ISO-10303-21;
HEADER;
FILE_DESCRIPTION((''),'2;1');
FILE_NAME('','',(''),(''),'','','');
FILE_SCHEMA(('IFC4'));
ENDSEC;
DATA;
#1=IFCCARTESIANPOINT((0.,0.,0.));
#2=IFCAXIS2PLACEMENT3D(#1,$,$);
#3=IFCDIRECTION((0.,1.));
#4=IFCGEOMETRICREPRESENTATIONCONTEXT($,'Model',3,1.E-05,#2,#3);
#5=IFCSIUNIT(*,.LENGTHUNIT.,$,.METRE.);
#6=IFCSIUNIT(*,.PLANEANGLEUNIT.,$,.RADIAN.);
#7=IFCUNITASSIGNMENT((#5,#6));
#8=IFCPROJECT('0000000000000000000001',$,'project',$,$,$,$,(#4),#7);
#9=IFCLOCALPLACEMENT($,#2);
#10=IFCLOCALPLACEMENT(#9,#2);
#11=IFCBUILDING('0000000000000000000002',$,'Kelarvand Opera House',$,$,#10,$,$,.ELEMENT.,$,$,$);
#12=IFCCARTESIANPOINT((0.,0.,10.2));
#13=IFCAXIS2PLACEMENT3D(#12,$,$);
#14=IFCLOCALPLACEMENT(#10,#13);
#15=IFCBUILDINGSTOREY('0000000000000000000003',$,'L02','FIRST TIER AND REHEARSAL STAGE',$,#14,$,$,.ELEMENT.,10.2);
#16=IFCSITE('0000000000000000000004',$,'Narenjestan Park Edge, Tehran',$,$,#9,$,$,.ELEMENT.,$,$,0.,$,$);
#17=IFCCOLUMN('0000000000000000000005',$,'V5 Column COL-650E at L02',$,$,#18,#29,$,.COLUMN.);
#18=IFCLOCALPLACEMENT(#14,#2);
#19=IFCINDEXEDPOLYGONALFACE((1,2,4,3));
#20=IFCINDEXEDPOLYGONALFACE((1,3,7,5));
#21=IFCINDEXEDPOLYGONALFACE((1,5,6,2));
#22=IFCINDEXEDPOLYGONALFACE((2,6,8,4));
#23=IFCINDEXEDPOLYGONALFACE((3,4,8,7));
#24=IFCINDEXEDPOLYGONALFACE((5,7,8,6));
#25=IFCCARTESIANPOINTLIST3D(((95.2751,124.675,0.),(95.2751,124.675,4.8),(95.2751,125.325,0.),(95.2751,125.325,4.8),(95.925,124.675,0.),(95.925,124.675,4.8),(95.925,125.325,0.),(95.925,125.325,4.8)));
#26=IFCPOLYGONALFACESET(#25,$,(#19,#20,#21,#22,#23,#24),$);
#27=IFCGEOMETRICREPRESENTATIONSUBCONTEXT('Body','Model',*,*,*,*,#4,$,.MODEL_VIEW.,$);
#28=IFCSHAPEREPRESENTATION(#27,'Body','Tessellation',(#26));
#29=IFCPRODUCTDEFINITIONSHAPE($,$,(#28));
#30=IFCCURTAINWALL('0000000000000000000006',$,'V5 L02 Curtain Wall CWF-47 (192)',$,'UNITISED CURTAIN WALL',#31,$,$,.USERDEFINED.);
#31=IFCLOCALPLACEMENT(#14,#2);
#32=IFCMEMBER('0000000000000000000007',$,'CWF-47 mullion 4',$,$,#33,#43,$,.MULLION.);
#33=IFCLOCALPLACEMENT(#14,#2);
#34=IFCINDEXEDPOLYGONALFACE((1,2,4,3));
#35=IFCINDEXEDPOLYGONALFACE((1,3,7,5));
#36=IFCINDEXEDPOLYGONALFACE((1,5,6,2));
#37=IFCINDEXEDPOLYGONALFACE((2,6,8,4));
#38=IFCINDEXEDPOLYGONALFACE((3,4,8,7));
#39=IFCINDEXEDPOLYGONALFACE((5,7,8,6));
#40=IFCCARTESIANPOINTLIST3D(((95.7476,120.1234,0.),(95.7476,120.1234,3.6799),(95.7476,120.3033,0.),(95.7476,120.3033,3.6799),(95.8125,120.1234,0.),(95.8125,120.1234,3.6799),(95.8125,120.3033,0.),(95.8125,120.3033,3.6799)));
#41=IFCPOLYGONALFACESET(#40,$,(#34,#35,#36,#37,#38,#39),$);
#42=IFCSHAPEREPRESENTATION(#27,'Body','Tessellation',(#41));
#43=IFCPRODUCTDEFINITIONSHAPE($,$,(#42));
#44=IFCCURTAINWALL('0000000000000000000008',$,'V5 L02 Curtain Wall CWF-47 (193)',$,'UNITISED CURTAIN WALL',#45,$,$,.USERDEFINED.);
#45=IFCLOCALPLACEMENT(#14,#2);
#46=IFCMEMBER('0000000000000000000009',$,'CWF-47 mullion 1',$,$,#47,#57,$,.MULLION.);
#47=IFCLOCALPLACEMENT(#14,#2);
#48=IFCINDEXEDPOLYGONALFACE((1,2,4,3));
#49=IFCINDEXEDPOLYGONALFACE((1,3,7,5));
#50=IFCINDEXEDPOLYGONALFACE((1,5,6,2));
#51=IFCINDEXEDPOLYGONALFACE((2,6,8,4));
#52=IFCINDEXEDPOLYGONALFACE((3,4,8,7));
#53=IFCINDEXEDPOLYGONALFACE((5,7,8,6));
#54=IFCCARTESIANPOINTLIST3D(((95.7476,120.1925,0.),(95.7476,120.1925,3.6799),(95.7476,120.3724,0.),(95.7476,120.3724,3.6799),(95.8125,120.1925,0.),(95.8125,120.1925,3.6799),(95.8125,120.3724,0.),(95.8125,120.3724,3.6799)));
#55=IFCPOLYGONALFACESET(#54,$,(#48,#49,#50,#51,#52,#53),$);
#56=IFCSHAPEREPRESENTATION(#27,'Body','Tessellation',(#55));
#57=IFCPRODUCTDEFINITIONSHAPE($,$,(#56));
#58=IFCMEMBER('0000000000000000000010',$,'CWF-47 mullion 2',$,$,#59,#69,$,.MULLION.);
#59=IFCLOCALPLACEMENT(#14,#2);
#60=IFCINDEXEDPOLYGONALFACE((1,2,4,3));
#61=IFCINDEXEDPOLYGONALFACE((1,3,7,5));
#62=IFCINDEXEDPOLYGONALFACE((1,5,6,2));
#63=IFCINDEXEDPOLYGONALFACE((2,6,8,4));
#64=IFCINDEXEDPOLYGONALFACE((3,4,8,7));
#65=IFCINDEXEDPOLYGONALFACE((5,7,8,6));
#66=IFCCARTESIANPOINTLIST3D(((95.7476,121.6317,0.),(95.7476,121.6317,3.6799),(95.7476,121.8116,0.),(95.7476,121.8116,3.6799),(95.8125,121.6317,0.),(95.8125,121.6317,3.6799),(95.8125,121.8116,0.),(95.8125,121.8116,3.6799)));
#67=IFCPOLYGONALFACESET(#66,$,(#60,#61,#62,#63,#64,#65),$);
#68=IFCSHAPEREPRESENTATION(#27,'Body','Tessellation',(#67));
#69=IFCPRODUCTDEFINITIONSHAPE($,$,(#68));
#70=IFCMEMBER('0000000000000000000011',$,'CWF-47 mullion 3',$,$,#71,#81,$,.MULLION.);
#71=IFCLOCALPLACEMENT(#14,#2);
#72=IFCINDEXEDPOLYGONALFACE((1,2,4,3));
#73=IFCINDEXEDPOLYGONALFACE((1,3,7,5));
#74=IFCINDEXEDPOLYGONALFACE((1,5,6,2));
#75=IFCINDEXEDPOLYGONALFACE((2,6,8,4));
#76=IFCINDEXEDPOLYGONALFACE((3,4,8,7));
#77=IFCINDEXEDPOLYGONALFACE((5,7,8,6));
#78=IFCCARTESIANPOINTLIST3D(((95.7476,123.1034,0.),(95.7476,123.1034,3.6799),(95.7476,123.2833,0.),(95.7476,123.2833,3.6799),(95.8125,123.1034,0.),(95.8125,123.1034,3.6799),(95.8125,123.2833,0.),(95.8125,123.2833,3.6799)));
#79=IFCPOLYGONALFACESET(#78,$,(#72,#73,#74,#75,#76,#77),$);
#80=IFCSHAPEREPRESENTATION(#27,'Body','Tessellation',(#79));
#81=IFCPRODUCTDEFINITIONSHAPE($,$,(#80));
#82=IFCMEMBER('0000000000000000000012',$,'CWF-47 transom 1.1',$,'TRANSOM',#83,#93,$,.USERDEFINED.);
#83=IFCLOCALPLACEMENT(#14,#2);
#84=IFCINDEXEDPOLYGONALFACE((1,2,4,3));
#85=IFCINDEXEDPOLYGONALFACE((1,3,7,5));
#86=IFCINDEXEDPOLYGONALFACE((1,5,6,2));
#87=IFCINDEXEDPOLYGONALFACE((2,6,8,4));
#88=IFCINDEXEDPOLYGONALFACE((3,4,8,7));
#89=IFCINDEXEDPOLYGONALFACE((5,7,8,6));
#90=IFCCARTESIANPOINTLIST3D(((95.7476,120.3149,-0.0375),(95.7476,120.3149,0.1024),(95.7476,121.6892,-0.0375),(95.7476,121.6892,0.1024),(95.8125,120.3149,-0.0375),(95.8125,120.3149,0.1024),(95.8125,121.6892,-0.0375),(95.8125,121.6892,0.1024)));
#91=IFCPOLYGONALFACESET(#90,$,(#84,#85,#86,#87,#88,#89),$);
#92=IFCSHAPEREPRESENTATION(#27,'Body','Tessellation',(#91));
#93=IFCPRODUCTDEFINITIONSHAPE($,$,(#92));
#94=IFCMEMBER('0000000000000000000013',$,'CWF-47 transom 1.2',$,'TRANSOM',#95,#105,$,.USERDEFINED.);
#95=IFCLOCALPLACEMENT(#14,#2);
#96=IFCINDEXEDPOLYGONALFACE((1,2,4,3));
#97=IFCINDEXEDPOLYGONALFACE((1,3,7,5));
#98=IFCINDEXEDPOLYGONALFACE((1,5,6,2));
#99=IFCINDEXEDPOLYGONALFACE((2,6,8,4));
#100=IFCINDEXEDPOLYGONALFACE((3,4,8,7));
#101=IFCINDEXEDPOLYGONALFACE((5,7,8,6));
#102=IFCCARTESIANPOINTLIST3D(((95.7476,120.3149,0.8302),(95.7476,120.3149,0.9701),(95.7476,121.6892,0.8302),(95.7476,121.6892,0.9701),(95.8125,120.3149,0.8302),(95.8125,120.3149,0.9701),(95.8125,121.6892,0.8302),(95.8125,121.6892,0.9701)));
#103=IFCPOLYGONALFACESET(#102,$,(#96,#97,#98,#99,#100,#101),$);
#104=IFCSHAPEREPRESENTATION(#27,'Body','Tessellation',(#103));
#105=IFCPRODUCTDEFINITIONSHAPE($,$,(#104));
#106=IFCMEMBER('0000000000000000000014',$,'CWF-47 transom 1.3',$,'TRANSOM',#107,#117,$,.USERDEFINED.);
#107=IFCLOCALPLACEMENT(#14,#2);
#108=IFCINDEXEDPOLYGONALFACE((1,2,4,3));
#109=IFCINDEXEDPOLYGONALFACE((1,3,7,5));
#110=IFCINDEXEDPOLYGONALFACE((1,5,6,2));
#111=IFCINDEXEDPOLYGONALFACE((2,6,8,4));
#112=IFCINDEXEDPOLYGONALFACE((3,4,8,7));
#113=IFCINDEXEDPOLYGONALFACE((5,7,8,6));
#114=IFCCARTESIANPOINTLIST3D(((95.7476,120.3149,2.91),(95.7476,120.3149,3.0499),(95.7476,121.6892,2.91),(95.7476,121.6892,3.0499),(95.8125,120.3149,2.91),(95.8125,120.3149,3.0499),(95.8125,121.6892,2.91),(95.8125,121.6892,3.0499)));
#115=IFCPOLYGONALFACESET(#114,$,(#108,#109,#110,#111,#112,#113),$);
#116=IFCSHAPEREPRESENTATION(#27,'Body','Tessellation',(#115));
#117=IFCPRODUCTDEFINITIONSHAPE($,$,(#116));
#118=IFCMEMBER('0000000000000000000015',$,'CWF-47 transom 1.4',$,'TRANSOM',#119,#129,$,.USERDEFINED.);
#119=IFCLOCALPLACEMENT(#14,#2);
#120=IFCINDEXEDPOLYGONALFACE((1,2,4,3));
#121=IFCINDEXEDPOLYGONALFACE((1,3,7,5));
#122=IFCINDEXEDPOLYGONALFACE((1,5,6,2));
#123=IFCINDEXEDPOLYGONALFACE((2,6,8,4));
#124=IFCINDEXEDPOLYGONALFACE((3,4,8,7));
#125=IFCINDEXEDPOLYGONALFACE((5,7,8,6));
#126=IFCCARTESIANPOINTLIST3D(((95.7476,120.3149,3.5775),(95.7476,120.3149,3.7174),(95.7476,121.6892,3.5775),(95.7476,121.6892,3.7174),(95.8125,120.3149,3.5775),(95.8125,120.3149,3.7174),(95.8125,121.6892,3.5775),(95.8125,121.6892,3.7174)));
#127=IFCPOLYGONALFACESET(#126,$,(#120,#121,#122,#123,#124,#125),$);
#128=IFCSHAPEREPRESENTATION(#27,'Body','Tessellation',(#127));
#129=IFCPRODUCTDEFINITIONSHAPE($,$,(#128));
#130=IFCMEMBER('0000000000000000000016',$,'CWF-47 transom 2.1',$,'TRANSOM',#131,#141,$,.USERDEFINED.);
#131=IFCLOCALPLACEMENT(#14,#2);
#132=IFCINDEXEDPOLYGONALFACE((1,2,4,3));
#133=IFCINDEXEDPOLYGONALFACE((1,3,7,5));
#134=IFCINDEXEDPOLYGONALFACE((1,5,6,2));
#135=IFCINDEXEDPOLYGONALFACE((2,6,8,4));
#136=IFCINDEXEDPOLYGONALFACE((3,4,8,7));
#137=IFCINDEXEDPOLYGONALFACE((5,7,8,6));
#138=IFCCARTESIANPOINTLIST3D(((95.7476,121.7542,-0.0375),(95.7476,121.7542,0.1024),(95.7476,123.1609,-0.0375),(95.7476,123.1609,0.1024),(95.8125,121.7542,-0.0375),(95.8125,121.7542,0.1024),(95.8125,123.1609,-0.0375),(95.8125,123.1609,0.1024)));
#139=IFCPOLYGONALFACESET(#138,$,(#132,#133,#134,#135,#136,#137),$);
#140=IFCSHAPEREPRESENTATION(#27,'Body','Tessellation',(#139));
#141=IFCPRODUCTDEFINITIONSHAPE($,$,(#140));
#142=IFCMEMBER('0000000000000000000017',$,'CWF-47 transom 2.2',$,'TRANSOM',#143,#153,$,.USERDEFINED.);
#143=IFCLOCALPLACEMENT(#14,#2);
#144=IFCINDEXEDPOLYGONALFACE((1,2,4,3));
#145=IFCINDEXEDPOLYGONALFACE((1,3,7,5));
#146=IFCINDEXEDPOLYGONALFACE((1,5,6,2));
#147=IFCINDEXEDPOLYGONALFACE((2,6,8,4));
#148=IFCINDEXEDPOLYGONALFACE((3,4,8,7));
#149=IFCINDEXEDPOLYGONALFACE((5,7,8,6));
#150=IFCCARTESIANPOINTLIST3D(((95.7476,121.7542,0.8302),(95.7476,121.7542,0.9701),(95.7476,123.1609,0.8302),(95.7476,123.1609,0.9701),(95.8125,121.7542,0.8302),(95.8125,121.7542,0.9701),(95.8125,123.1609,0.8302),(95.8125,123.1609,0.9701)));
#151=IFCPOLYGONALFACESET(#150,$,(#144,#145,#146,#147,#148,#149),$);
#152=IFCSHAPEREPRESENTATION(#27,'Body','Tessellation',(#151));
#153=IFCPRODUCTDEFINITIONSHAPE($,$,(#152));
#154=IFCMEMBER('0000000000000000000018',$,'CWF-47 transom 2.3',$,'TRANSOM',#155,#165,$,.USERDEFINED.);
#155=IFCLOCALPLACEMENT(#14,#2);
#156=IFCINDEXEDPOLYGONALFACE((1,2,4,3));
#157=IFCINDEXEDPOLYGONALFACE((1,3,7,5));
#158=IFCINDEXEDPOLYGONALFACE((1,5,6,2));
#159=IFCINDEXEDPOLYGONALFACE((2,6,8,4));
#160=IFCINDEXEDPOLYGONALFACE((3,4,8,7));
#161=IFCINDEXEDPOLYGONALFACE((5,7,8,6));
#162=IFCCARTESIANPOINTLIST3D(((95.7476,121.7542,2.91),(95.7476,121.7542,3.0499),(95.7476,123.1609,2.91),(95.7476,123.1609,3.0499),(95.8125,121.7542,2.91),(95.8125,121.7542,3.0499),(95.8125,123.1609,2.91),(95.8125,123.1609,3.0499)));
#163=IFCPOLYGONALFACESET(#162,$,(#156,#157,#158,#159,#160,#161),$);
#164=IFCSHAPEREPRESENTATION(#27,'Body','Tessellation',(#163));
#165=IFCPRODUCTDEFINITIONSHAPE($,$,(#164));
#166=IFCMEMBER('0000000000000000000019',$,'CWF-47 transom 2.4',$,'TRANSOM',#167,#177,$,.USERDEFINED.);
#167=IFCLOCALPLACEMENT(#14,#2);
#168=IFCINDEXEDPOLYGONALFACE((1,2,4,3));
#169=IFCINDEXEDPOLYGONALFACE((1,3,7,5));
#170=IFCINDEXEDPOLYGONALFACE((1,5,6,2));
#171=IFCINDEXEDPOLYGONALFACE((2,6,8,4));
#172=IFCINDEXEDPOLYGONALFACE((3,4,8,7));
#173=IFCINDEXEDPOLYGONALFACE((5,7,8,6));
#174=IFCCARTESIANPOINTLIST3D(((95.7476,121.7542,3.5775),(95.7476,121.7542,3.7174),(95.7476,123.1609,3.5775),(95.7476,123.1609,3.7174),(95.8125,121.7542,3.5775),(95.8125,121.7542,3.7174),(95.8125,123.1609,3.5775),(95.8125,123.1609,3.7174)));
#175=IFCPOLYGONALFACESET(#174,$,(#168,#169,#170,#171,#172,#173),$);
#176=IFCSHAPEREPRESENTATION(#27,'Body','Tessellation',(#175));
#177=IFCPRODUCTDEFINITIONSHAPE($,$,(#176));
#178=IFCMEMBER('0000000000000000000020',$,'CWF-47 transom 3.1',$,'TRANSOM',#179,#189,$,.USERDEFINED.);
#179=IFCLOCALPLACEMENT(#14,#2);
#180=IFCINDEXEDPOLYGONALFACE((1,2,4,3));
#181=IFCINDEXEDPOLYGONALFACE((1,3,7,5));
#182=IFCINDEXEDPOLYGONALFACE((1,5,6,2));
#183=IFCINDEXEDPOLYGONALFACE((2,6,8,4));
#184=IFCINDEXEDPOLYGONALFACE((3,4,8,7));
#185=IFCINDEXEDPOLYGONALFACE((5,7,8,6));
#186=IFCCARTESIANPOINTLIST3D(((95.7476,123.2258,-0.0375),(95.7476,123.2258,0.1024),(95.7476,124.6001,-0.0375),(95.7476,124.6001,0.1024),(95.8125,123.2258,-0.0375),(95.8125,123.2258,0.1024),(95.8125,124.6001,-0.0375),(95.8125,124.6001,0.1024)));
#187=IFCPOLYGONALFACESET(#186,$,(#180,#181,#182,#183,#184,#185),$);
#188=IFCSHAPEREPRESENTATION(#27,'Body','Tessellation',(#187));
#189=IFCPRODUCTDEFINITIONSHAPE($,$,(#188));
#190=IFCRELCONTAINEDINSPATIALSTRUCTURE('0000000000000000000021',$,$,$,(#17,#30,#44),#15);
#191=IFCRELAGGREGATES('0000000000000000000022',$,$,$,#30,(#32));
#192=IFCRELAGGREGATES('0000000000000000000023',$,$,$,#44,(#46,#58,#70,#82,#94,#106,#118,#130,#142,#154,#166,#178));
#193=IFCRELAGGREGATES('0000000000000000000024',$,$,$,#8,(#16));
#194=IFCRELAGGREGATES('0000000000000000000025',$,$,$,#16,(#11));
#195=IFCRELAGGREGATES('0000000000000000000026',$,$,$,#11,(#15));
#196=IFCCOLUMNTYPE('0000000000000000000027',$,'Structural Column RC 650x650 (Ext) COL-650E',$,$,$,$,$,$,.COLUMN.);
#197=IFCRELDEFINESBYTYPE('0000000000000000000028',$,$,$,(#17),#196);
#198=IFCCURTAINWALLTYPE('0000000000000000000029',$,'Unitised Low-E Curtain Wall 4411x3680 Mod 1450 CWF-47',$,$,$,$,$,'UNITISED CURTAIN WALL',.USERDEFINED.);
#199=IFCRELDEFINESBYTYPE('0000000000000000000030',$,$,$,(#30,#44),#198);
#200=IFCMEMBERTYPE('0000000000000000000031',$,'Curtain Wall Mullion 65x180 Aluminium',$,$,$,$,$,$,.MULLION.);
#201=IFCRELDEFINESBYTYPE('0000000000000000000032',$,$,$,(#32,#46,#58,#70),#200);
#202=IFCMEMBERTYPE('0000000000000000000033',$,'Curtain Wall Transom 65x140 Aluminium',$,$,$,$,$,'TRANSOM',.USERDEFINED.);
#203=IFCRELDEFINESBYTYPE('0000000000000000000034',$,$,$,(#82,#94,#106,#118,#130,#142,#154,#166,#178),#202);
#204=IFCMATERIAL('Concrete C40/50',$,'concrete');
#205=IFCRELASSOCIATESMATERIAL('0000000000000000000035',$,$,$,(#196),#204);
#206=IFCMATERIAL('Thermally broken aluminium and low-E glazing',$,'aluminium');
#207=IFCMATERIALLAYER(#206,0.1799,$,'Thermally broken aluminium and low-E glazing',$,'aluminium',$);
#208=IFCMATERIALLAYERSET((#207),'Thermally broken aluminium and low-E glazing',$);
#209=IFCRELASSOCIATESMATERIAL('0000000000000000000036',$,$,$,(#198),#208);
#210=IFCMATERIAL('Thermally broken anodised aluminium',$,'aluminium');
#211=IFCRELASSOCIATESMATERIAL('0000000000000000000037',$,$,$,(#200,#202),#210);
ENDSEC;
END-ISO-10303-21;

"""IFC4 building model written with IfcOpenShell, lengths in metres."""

from ifc_helpers import new_model, si_unit, direction, frame, origin, origin_2d, place, context, subcontext, project, spatial, rectangle, extrude, material, layer, layer_set, material_profile, profile_set, type_object, element, aggregate, save


model = new_model("IFC4")

# Units and contexts
model_context = context("Model", 3, precision=1e-05, world=origin(), true_north=direction((0.0, 1.0)))
body_context = subcontext(model_context, "Body", "Model", "MODEL_VIEW")
ifc_project = project(units=[si_unit("LENGTHUNIT", "METRE"), si_unit("PLANEANGLEUNIT", "RADIAN")], contexts=[model_context])

# Site, building, storey
site_placement = place(None, origin())
site = spatial("IfcSite", under=ifc_project, at=site_placement, Name="Narenjestan Park Edge, Tehran", CompositionType="ELEMENT", RefElevation=0.0)
building_placement = place(site_placement, origin())
building = spatial("IfcBuilding", under=site, at=building_placement, Name="Kelarvand Opera House", CompositionType="ELEMENT")
storey_placement = place(building_placement, frame((0.0, 0.0, 10.2)))
storey = spatial("IfcBuildingStorey", under=building, at=storey_placement, Name="L02", Description="FIRST TIER AND REHEARSAL STAGE", CompositionType="ELEMENT", Elevation=10.2)

# Column
ifc_material_1 = material(Name="Concrete C40/50", Category="concrete")
ifc_material_profile_1 = material_profile(ifc_material_1, rectangle(XDim=0.6499, YDim=0.6499, at=origin_2d()), Name="RC 650x650", Category="concrete")
ifc_profile_set_1 = profile_set([ifc_material_profile_1], Name="Concrete C40/50")
column_type = type_object("IfcColumnType", Name="Structural Column RC 650x650 (Ext) COL-650E", PredefinedType="COLUMN", material=ifc_profile_set_1)
column_placement = place(storey_placement, frame((95.6001, 125.0, 0.0), z_axis=(0.0, 0.0, 1.0), x_axis=(1.0, 0.0, 0.0)))
element("IfcColumn", 1, at=column_placement, inside=storey, type_object=column_type, Name="V5 Column COL-650E at L02", PredefinedType="COLUMN", context=body_context, shape_type="SweptSolid", body=[
    extrude(rectangle(XDim=0.6499, YDim=0.6499, at=origin_2d()), origin(), (0.0, 0.0, 1.0), 4.8),
])

# Curtain wall, member
ifc_material_2 = material(Name="Thermally broken aluminium and low-E glazing", Category="aluminium")
ifc_layer_1 = layer(ifc_material_2, 0.1799, Name="Thermally broken aluminium and low-E glazing", Category="aluminium")
ifc_layer_set_1 = layer_set([ifc_layer_1], Name="Thermally broken aluminium and low-E glazing")
curtain_wall_type = type_object("IfcCurtainWallType", Name="Unitised Low-E Curtain Wall 4411x3680 Mod 1450 CWF-47", ElementType="UNITISED CURTAIN WALL", PredefinedType="USERDEFINED", material=ifc_layer_set_1)
curtain_wall_1_placement = place(storey_placement, origin())
curtain_wall_1 = element("IfcCurtainWall", 2, at=curtain_wall_1_placement, inside=storey, type_object=curtain_wall_type, Name="V5 L02 Curtain Wall CWF-47 (192)", ObjectType="UNITISED CURTAIN WALL", PredefinedType="USERDEFINED")
ifc_material_3 = material(Name="Thermally broken anodised aluminium", Category="aluminium")
ifc_material_profile_2 = material_profile(ifc_material_3, rectangle(XDim=0.0649, YDim=0.1799, at=origin_2d()), Name="ALU MULLION 65x180", Category="aluminium")
ifc_profile_set_2 = profile_set([ifc_material_profile_2], Name="Thermally broken anodised aluminium")
member_type_1 = type_object("IfcMemberType", Name="Curtain Wall Mullion 65x180 Aluminium", PredefinedType="MULLION", material=ifc_profile_set_2)
member_1_placement = place(storey_placement, frame((95.78, 120.2134, 0.0), z_axis=(0.0, 0.0, 1.0), x_axis=(-1.0, 0.0, 0.0)))
member_1 = element("IfcMember", 3, at=member_1_placement, type_object=member_type_1, Name="CWF-47 mullion 4", PredefinedType="MULLION", context=body_context, shape_type="SweptSolid", body=[
    extrude(rectangle(XDim=0.0649, YDim=0.1799, at=origin_2d()), origin(), (0.0, 0.0, 1.0), 3.6799),
])

# Curtain wall, members
curtain_wall_2_placement = place(storey_placement, origin())
curtain_wall_2 = element("IfcCurtainWall", 4, at=curtain_wall_2_placement, inside=storey, type_object=curtain_wall_type, Name="V5 L02 Curtain Wall CWF-47 (193)", ObjectType="UNITISED CURTAIN WALL", PredefinedType="USERDEFINED")
member_2_placement = place(storey_placement, frame((95.78, 120.2825, 0.0), z_axis=(0.0, 0.0, 1.0), x_axis=(-1.0, 0.0, 0.0)))
member_2 = element("IfcMember", 5, at=member_2_placement, type_object=member_type_1, Name="CWF-47 mullion 1", PredefinedType="MULLION", context=body_context, shape_type="SweptSolid", body=[
    extrude(rectangle(XDim=0.0649, YDim=0.1799, at=origin_2d()), origin(), (0.0, 0.0, 1.0), 3.6799),
])
member_3_placement = place(storey_placement, frame((95.78, 121.7217, 0.0), z_axis=(0.0, 0.0, 1.0), x_axis=(-1.0, 0.0, 0.0)))
member_3 = element("IfcMember", 6, at=member_3_placement, type_object=member_type_1, Name="CWF-47 mullion 2", PredefinedType="MULLION", context=body_context, shape_type="SweptSolid", body=[
    extrude(rectangle(XDim=0.0649, YDim=0.1799, at=origin_2d()), origin(), (0.0, 0.0, 1.0), 3.6799),
])
member_4_placement = place(storey_placement, frame((95.78, 123.1934, 0.0), z_axis=(0.0, 0.0, 1.0), x_axis=(-1.0, 0.0, 0.0)))
member_4 = element("IfcMember", 7, at=member_4_placement, type_object=member_type_1, Name="CWF-47 mullion 3", PredefinedType="MULLION", context=body_context, shape_type="SweptSolid", body=[
    extrude(rectangle(XDim=0.0649, YDim=0.1799, at=origin_2d()), origin(), (0.0, 0.0, 1.0), 3.6799),
])
ifc_material_profile_3 = material_profile(ifc_material_3, rectangle(XDim=0.0649, YDim=0.1399, at=origin_2d()), Name="ALU TRANSOM 65x140", Category="aluminium")
ifc_profile_set_3 = profile_set([ifc_material_profile_3], Name="Thermally broken anodised aluminium")
member_type_2 = type_object("IfcMemberType", Name="Curtain Wall Transom 65x140 Aluminium", ElementType="TRANSOM", PredefinedType="USERDEFINED", material=ifc_profile_set_3)
member_5_placement = place(storey_placement, frame((95.78, 120.3149, 0.0325), z_axis=(0.0, 1.0, 0.0), x_axis=(-1.0, 0.0, 0.0)))
member_5 = element("IfcMember", 8, at=member_5_placement, type_object=member_type_2, Name="CWF-47 transom 1.1", ObjectType="TRANSOM", PredefinedType="USERDEFINED", context=body_context, shape_type="SweptSolid", body=[
    extrude(rectangle(XDim=0.0649, YDim=0.1399, at=origin_2d()), origin(), (0.0, 0.0, 1.0), 1.3743),
])
member_6_placement = place(storey_placement, frame((95.78, 120.3149, 0.9001), z_axis=(0.0, 1.0, 0.0), x_axis=(-1.0, 0.0, 0.0)))
member_6 = element("IfcMember", 9, at=member_6_placement, type_object=member_type_2, Name="CWF-47 transom 1.2", ObjectType="TRANSOM", PredefinedType="USERDEFINED", context=body_context, shape_type="SweptSolid", body=[
    extrude(rectangle(XDim=0.0649, YDim=0.1399, at=origin_2d()), origin(), (0.0, 0.0, 1.0), 1.3743),
])
member_7_placement = place(storey_placement, frame((95.78, 120.3149, 2.98), z_axis=(0.0, 1.0, 0.0), x_axis=(-1.0, 0.0, 0.0)))
member_7 = element("IfcMember", 10, at=member_7_placement, type_object=member_type_2, Name="CWF-47 transom 1.3", ObjectType="TRANSOM", PredefinedType="USERDEFINED", context=body_context, shape_type="SweptSolid", body=[
    extrude(rectangle(XDim=0.0649, YDim=0.1399, at=origin_2d()), origin(), (0.0, 0.0, 1.0), 1.3743),
])
member_8_placement = place(storey_placement, frame((95.78, 120.3149, 3.6475), z_axis=(0.0, 1.0, 0.0), x_axis=(-1.0, 0.0, 0.0)))
member_8 = element("IfcMember", 11, at=member_8_placement, type_object=member_type_2, Name="CWF-47 transom 1.4", ObjectType="TRANSOM", PredefinedType="USERDEFINED", context=body_context, shape_type="SweptSolid", body=[
    extrude(rectangle(XDim=0.0649, YDim=0.1399, at=origin_2d()), origin(), (0.0, 0.0, 1.0), 1.3743),
])
member_9_placement = place(storey_placement, frame((95.78, 121.7542, 0.0325), z_axis=(0.0, 1.0, 0.0), x_axis=(-1.0, 0.0, 0.0)))
member_9 = element("IfcMember", 12, at=member_9_placement, type_object=member_type_2, Name="CWF-47 transom 2.1", ObjectType="TRANSOM", PredefinedType="USERDEFINED", context=body_context, shape_type="SweptSolid", body=[
    extrude(rectangle(XDim=0.0649, YDim=0.1399, at=origin_2d()), origin(), (0.0, 0.0, 1.0), 1.4067),
])
member_10_placement = place(storey_placement, frame((95.78, 121.7542, 0.9001), z_axis=(0.0, 1.0, 0.0), x_axis=(-1.0, 0.0, 0.0)))
member_10 = element("IfcMember", 13, at=member_10_placement, type_object=member_type_2, Name="CWF-47 transom 2.2", ObjectType="TRANSOM", PredefinedType="USERDEFINED", context=body_context, shape_type="SweptSolid", body=[
    extrude(rectangle(XDim=0.0649, YDim=0.1399, at=origin_2d()), origin(), (0.0, 0.0, 1.0), 1.4067),
])
member_11_placement = place(storey_placement, frame((95.78, 121.7542, 2.98), z_axis=(0.0, 1.0, 0.0), x_axis=(-1.0, 0.0, 0.0)))
member_11 = element("IfcMember", 14, at=member_11_placement, type_object=member_type_2, Name="CWF-47 transom 2.3", ObjectType="TRANSOM", PredefinedType="USERDEFINED", context=body_context, shape_type="SweptSolid", body=[
    extrude(rectangle(XDim=0.0649, YDim=0.1399, at=origin_2d()), origin(), (0.0, 0.0, 1.0), 1.4067),
])
member_12_placement = place(storey_placement, frame((95.78, 121.7542, 3.6475), z_axis=(0.0, 1.0, 0.0), x_axis=(-1.0, 0.0, 0.0)))
member_12 = element("IfcMember", 15, at=member_12_placement, type_object=member_type_2, Name="CWF-47 transom 2.4", ObjectType="TRANSOM", PredefinedType="USERDEFINED", context=body_context, shape_type="SweptSolid", body=[
    extrude(rectangle(XDim=0.0649, YDim=0.1399, at=origin_2d()), origin(), (0.0, 0.0, 1.0), 1.4067),
])
member_13_placement = place(storey_placement, frame((95.78, 123.2258, 0.0325), z_axis=(0.0, 1.0, 0.0), x_axis=(-1.0, 0.0, 0.0)))
member_13 = element("IfcMember", 16, at=member_13_placement, type_object=member_type_2, Name="CWF-47 transom 3.1", ObjectType="TRANSOM", PredefinedType="USERDEFINED", context=body_context, shape_type="SweptSolid", body=[
    extrude(rectangle(XDim=0.0649, YDim=0.1399, at=origin_2d()), origin(), (0.0, 0.0, 1.0), 1.3743),
])

aggregate(curtain_wall_1, [member_1])
aggregate(curtain_wall_2, [member_2, member_3, member_4, member_5, member_6, member_7, member_8, member_9, member_10, member_11, member_12, member_13])

save(model, "model.ifc")
